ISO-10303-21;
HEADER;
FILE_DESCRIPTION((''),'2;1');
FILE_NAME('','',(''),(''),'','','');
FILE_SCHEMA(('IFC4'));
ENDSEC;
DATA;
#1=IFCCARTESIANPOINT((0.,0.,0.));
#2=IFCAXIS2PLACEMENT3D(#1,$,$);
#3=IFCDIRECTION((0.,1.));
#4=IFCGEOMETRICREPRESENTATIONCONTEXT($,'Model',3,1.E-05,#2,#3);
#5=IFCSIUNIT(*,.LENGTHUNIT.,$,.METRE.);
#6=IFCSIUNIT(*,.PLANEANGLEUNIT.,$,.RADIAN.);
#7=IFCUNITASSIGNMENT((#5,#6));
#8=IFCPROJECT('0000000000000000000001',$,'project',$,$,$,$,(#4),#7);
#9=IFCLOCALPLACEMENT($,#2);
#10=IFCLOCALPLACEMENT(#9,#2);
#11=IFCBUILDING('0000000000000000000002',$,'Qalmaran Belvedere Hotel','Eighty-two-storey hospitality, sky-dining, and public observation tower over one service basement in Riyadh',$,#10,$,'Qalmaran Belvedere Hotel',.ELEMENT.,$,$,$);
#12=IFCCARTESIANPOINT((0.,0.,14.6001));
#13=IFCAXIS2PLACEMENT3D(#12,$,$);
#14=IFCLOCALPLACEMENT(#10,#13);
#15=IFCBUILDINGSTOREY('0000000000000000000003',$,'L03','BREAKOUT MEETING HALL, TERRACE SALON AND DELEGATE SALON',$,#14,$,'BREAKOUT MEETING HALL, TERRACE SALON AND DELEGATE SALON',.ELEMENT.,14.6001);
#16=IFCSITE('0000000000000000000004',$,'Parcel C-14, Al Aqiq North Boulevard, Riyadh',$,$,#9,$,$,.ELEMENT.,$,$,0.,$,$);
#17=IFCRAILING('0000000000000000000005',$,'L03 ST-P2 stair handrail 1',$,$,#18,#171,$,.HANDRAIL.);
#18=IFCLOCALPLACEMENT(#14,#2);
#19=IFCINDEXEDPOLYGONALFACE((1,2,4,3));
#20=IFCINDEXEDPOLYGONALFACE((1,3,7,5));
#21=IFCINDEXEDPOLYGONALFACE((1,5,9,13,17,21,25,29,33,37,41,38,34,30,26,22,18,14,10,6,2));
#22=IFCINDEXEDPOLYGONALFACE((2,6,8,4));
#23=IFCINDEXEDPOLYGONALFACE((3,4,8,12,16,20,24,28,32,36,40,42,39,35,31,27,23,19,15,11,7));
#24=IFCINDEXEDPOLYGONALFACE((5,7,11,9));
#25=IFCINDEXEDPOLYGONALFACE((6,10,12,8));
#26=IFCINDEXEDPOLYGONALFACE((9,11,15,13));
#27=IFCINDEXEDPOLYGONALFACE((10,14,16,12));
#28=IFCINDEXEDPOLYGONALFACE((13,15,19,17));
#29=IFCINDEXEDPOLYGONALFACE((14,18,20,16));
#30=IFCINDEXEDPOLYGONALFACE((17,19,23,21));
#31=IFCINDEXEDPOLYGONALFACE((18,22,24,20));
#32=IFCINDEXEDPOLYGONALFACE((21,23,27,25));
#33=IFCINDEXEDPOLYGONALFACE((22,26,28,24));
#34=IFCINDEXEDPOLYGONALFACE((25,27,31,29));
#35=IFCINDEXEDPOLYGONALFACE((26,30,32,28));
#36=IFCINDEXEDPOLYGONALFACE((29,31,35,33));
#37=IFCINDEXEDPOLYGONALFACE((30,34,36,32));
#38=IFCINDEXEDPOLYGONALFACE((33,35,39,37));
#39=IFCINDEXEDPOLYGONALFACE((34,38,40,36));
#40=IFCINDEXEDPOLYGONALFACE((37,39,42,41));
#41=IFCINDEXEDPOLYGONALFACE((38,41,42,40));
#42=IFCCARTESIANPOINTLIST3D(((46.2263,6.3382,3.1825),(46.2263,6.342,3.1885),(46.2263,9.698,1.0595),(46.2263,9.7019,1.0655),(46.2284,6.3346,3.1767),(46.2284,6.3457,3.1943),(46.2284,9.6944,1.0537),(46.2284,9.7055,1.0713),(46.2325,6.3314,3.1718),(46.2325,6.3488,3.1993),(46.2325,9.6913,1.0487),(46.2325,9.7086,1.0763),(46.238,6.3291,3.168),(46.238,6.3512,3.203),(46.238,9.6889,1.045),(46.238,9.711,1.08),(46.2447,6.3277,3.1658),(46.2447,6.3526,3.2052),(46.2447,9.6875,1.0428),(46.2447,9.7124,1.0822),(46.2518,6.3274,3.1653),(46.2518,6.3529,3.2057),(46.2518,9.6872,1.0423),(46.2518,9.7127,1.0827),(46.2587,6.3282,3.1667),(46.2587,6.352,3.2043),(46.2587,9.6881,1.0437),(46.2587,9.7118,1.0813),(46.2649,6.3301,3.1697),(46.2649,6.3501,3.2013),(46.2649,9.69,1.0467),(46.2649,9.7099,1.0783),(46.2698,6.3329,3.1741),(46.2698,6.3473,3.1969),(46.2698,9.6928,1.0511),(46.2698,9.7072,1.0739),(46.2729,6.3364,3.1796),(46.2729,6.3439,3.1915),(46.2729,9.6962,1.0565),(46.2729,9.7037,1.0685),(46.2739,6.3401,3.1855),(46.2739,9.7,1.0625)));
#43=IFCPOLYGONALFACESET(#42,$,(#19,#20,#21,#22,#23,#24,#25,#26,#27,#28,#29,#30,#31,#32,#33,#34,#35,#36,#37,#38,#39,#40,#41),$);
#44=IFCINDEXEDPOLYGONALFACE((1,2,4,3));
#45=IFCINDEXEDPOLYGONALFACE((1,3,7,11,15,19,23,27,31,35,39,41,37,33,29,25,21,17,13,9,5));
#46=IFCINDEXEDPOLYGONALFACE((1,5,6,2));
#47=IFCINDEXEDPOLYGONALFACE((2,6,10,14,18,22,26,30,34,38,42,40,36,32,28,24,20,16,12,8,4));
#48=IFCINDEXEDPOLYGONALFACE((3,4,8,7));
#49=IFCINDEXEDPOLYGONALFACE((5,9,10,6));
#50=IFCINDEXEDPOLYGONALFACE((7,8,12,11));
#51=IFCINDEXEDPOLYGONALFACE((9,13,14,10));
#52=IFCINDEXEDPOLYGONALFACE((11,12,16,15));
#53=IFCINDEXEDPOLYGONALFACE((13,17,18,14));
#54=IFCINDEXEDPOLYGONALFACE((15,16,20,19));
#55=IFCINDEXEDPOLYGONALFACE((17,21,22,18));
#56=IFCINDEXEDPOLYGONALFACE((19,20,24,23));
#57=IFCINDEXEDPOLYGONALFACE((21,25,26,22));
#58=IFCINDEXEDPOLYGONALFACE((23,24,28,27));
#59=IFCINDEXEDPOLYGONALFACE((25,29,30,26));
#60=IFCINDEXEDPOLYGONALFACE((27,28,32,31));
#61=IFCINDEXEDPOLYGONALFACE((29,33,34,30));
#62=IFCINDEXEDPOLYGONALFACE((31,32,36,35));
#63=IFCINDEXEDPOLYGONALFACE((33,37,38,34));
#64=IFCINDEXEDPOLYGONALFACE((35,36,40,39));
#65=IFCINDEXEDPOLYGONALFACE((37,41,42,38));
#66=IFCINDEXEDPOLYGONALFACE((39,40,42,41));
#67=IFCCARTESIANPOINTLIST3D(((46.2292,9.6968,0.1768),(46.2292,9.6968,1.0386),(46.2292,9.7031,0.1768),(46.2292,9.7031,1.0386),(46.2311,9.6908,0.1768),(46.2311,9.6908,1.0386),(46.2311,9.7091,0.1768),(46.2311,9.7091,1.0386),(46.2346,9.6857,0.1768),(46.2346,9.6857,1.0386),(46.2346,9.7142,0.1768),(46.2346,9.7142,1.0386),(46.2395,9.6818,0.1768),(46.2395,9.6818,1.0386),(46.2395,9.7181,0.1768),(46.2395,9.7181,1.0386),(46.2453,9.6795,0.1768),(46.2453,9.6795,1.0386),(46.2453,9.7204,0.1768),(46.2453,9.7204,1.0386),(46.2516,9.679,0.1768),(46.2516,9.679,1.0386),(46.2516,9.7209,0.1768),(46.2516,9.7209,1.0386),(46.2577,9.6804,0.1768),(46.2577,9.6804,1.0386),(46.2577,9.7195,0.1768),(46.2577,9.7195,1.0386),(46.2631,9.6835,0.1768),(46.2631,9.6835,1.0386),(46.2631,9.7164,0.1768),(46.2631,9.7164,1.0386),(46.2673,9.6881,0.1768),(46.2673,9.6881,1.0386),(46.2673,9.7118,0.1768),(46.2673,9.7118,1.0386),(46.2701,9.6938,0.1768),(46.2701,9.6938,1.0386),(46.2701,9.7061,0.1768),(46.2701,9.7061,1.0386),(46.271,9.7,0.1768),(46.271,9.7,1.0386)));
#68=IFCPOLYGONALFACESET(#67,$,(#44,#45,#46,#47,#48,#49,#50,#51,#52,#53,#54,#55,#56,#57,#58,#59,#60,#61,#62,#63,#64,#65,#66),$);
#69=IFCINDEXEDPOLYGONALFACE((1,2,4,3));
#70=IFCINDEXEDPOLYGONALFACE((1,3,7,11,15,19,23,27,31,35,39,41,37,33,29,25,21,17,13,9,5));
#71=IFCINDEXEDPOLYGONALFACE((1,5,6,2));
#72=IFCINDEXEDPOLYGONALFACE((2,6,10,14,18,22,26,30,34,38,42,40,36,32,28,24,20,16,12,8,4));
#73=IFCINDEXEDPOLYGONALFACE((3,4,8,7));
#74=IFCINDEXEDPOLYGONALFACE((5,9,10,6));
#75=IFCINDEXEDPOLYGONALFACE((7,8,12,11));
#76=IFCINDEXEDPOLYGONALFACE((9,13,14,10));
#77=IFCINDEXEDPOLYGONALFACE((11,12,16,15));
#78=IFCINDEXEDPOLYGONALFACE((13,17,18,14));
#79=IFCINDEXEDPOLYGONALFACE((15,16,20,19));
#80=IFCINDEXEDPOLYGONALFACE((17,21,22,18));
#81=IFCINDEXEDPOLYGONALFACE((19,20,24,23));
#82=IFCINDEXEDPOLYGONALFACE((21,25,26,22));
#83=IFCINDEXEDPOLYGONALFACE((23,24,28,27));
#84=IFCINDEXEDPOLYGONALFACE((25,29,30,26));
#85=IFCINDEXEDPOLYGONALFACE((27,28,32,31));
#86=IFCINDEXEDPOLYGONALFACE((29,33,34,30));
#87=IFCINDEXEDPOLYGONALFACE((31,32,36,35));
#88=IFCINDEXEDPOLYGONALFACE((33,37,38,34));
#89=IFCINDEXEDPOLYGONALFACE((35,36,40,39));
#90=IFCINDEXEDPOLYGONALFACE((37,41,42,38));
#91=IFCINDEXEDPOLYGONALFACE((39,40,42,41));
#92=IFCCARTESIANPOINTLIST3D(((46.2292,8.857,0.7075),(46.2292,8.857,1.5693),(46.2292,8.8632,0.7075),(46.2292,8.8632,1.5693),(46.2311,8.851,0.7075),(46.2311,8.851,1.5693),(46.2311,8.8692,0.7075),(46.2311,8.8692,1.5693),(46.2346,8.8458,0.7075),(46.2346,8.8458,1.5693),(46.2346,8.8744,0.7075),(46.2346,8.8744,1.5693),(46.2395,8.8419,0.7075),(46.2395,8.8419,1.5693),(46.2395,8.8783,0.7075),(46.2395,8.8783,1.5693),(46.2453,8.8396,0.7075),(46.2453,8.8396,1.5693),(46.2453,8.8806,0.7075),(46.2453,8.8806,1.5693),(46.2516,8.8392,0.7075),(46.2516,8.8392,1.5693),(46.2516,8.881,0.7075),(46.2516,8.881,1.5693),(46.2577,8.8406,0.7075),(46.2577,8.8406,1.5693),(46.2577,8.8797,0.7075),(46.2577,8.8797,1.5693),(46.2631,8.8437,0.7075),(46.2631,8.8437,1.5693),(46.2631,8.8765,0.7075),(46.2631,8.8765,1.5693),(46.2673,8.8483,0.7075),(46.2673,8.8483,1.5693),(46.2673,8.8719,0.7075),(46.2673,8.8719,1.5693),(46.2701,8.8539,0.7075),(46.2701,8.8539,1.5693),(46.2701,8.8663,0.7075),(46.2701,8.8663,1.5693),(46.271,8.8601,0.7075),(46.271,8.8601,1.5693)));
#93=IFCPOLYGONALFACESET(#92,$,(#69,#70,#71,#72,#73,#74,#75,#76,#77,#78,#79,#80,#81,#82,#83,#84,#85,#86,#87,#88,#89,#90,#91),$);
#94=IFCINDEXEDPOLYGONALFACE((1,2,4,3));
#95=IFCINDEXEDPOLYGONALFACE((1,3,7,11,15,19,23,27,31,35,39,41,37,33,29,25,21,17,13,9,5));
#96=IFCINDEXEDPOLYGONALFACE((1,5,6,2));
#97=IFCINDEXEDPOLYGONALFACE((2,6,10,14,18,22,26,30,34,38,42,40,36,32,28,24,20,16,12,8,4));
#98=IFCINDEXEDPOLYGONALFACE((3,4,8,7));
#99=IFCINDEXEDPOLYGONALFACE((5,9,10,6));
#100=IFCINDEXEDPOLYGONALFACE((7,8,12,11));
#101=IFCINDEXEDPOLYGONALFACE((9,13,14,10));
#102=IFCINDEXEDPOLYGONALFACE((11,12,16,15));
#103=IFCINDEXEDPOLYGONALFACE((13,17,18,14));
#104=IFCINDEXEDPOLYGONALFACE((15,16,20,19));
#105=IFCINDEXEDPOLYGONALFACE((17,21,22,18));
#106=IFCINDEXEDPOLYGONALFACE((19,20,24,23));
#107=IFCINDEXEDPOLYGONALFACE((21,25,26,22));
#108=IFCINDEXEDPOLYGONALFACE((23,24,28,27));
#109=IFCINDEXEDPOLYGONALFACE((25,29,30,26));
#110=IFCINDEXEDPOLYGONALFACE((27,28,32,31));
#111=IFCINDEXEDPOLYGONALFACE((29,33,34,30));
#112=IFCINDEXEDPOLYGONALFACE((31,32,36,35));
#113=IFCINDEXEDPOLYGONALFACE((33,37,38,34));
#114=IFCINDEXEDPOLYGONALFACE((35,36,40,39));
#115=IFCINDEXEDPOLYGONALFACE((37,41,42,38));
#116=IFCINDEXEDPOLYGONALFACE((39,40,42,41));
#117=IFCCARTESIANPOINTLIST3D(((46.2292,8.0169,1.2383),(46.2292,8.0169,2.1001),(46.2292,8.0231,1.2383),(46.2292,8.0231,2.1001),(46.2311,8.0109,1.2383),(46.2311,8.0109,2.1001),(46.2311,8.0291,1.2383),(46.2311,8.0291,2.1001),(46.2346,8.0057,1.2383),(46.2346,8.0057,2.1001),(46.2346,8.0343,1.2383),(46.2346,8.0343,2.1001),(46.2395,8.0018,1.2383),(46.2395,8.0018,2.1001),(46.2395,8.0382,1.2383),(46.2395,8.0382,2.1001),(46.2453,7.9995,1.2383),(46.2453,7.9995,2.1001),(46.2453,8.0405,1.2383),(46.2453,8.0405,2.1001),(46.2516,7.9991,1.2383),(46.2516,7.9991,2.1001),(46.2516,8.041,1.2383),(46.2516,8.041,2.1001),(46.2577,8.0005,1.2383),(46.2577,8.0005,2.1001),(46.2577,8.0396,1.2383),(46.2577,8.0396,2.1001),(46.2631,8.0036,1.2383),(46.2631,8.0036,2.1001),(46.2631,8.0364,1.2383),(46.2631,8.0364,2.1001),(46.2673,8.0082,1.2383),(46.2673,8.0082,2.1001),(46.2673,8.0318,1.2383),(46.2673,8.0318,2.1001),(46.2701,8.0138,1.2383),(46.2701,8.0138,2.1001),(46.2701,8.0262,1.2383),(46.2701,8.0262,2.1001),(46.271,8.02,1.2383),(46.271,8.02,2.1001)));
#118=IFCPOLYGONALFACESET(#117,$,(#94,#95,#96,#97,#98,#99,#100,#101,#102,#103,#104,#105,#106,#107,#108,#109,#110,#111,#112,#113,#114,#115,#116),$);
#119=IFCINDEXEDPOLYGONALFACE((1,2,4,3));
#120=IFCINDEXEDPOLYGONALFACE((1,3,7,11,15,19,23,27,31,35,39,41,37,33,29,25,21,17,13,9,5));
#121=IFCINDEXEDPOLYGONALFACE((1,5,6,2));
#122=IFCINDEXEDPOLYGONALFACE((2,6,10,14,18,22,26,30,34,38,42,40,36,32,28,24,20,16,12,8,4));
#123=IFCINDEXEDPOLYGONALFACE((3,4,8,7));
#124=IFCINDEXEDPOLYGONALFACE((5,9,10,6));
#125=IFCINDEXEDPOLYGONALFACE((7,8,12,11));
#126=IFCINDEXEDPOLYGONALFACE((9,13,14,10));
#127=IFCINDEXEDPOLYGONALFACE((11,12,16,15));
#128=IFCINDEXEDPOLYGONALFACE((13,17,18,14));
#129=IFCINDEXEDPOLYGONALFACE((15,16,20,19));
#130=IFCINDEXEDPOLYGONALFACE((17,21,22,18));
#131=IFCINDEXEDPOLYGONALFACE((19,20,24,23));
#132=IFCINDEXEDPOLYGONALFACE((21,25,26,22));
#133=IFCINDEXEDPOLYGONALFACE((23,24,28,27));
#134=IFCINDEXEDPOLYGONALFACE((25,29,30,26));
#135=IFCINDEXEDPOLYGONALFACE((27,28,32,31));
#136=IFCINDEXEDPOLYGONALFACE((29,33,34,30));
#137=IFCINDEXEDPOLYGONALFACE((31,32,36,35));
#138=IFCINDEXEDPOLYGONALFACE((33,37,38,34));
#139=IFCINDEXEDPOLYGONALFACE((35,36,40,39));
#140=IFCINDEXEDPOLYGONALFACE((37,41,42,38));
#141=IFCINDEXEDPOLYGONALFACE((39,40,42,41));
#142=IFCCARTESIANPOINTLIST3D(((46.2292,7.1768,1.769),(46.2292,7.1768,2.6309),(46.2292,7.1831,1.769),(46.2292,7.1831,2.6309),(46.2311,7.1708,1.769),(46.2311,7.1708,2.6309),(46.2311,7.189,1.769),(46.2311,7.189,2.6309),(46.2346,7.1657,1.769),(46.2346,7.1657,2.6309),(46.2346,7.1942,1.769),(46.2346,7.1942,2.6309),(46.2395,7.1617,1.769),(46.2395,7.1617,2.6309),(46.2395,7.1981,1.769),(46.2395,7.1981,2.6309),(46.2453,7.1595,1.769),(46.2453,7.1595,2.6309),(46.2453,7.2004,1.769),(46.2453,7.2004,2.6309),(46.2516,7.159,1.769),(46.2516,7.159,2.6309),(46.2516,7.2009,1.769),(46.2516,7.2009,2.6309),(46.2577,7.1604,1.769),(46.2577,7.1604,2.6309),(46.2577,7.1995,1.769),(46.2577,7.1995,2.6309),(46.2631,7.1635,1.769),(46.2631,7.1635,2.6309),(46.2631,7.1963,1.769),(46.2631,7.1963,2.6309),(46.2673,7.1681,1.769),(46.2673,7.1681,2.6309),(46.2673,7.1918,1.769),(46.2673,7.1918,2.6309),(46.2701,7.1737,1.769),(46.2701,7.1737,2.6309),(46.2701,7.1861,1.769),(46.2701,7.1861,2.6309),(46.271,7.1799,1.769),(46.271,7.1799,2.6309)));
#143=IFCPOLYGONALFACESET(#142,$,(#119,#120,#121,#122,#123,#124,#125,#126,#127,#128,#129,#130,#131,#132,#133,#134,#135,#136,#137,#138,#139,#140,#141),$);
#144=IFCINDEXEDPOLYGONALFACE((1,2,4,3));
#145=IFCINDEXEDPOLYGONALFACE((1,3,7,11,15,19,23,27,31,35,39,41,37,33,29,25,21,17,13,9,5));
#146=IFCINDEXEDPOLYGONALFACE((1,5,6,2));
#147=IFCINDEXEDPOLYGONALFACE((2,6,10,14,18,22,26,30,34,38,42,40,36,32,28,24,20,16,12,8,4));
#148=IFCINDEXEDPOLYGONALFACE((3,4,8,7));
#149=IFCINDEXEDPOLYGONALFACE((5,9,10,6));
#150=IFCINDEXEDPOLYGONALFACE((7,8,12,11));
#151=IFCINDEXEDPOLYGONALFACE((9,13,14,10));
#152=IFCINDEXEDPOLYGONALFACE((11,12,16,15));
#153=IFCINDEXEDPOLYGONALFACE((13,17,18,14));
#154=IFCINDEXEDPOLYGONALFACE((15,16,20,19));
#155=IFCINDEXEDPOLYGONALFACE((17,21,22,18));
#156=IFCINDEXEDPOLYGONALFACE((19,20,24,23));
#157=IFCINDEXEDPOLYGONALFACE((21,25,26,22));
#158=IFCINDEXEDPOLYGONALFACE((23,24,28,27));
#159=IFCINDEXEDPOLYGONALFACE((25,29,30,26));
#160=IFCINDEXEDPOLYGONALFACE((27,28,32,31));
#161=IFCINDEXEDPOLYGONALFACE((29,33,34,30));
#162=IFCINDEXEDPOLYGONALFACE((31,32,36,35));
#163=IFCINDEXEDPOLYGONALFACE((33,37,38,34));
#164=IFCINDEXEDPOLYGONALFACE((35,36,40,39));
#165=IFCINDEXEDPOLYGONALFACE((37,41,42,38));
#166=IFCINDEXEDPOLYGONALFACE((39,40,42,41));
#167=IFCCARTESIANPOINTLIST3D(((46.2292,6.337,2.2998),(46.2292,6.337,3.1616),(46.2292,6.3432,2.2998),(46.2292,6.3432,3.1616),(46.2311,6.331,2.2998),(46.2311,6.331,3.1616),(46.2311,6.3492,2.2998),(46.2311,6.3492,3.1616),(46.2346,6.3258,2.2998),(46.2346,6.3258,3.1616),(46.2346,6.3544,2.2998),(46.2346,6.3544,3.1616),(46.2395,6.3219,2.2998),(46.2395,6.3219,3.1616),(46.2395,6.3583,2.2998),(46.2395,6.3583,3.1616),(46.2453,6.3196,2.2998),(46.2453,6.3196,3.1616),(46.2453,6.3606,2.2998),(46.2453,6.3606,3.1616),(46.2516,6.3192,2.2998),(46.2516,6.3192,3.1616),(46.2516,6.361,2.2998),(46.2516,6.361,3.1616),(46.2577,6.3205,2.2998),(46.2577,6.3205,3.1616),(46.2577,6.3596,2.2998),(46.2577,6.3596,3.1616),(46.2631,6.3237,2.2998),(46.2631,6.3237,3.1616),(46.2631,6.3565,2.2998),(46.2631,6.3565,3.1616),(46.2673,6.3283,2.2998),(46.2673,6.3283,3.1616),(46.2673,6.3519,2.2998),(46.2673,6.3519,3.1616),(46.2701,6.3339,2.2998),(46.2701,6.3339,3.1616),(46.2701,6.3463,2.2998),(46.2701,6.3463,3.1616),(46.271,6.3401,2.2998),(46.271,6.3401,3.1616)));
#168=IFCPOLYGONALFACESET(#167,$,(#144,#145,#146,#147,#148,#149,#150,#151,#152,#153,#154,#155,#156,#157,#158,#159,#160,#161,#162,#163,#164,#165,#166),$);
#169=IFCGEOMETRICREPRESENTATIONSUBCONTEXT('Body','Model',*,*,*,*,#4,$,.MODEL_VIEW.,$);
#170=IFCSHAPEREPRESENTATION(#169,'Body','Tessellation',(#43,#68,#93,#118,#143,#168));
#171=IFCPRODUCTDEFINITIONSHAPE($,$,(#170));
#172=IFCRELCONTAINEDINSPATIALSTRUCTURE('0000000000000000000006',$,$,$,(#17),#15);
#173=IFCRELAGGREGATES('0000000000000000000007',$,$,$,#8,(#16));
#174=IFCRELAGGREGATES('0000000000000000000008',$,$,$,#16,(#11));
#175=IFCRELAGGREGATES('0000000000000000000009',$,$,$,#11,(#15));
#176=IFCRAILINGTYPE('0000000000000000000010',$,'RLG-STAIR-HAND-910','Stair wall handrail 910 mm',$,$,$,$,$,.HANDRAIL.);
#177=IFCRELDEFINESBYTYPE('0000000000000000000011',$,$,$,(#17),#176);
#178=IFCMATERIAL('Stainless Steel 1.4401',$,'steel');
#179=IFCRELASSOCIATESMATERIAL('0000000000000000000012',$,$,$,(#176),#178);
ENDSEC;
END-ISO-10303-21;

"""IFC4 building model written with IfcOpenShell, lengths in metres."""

from ifc_helpers import new_model, si_unit, direction, frame, origin, origin_2d, place, context, subcontext, project, spatial, circle, extrude, material, type_object, element, save


model = new_model("IFC4")

# Units and contexts
model_context = context("Model", 3, precision=1e-05, world=origin(), true_north=direction((0.0, 1.0)))
body_context = subcontext(model_context, "Body", "Model", "MODEL_VIEW")
ifc_project = project(units=[si_unit("LENGTHUNIT", "METRE"), si_unit("PLANEANGLEUNIT", "RADIAN")], contexts=[model_context])

# Site, building, storey
site_placement = place(None, origin())
site = spatial("IfcSite", under=ifc_project, at=site_placement, Name="Parcel C-14, Al Aqiq North Boulevard, Riyadh", CompositionType="ELEMENT", RefElevation=0.0)
building_placement = place(site_placement, origin())
building = spatial("IfcBuilding", under=site, at=building_placement, Name="Qalmaran Belvedere Hotel", Description="Eighty-two-storey hospitality, sky-dining, and public observation tower over one service basement in Riyadh", LongName="Qalmaran Belvedere Hotel", CompositionType="ELEMENT")
storey_placement = place(building_placement, frame((0.0, 0.0, 14.6001)))
storey = spatial("IfcBuildingStorey", under=building, at=storey_placement, Name="L03", Description="BREAKOUT MEETING HALL, TERRACE SALON AND DELEGATE SALON", LongName="BREAKOUT MEETING HALL, TERRACE SALON AND DELEGATE SALON", CompositionType="ELEMENT", Elevation=14.6001)

# Railing
ifc_material_1 = material(Name="Stainless Steel 1.4401", Category="steel")
railing_type_1 = type_object("IfcRailingType", Name="RLG-STAIR-HAND-910", Description="Stair wall handrail 910 mm", PredefinedType="HANDRAIL", material=ifc_material_1)
railing_1_placement = place(storey_placement, frame((46.25, 9.7, 0.1768)))
element("IfcRailing", 1, at=railing_1_placement, inside=storey, type_object=railing_type_1, Name="L03 ST-P2 stair handrail 1", PredefinedType="HANDRAIL", context=body_context, shape_type="SweptSolid", body=[
    extrude(circle(Radius=0.0239, at=origin_2d()), frame((0.0, 0.0, 0.8857), z_axis=(0.0, -0.845372, 0.534178), x_axis=(1.0, 0.0, 0.0)), (0.0, 0.0, 1.0), 3.9744),
    extrude(circle(Radius=0.021, at=origin_2d()), origin(), (0.0, 0.0, 1.0), 0.8618),
    extrude(circle(Radius=0.021, at=origin_2d()), frame((0.0, -0.8398, 0.5308)), (0.0, 0.0, 1.0), 0.8618),
    extrude(circle(Radius=0.021, at=origin_2d()), frame((0.0, -1.6799, 1.0615)), (0.0, 0.0, 1.0), 0.8618),
    extrude(circle(Radius=0.021, at=origin_2d()), frame((0.0, -2.52, 1.5923)), (0.0, 0.0, 1.0), 0.8618),
    extrude(circle(Radius=0.021, at=origin_2d()), frame((0.0, -3.3599, 2.123)), (0.0, 0.0, 1.0), 0.8618),
])

save(model, "model.ifc")
